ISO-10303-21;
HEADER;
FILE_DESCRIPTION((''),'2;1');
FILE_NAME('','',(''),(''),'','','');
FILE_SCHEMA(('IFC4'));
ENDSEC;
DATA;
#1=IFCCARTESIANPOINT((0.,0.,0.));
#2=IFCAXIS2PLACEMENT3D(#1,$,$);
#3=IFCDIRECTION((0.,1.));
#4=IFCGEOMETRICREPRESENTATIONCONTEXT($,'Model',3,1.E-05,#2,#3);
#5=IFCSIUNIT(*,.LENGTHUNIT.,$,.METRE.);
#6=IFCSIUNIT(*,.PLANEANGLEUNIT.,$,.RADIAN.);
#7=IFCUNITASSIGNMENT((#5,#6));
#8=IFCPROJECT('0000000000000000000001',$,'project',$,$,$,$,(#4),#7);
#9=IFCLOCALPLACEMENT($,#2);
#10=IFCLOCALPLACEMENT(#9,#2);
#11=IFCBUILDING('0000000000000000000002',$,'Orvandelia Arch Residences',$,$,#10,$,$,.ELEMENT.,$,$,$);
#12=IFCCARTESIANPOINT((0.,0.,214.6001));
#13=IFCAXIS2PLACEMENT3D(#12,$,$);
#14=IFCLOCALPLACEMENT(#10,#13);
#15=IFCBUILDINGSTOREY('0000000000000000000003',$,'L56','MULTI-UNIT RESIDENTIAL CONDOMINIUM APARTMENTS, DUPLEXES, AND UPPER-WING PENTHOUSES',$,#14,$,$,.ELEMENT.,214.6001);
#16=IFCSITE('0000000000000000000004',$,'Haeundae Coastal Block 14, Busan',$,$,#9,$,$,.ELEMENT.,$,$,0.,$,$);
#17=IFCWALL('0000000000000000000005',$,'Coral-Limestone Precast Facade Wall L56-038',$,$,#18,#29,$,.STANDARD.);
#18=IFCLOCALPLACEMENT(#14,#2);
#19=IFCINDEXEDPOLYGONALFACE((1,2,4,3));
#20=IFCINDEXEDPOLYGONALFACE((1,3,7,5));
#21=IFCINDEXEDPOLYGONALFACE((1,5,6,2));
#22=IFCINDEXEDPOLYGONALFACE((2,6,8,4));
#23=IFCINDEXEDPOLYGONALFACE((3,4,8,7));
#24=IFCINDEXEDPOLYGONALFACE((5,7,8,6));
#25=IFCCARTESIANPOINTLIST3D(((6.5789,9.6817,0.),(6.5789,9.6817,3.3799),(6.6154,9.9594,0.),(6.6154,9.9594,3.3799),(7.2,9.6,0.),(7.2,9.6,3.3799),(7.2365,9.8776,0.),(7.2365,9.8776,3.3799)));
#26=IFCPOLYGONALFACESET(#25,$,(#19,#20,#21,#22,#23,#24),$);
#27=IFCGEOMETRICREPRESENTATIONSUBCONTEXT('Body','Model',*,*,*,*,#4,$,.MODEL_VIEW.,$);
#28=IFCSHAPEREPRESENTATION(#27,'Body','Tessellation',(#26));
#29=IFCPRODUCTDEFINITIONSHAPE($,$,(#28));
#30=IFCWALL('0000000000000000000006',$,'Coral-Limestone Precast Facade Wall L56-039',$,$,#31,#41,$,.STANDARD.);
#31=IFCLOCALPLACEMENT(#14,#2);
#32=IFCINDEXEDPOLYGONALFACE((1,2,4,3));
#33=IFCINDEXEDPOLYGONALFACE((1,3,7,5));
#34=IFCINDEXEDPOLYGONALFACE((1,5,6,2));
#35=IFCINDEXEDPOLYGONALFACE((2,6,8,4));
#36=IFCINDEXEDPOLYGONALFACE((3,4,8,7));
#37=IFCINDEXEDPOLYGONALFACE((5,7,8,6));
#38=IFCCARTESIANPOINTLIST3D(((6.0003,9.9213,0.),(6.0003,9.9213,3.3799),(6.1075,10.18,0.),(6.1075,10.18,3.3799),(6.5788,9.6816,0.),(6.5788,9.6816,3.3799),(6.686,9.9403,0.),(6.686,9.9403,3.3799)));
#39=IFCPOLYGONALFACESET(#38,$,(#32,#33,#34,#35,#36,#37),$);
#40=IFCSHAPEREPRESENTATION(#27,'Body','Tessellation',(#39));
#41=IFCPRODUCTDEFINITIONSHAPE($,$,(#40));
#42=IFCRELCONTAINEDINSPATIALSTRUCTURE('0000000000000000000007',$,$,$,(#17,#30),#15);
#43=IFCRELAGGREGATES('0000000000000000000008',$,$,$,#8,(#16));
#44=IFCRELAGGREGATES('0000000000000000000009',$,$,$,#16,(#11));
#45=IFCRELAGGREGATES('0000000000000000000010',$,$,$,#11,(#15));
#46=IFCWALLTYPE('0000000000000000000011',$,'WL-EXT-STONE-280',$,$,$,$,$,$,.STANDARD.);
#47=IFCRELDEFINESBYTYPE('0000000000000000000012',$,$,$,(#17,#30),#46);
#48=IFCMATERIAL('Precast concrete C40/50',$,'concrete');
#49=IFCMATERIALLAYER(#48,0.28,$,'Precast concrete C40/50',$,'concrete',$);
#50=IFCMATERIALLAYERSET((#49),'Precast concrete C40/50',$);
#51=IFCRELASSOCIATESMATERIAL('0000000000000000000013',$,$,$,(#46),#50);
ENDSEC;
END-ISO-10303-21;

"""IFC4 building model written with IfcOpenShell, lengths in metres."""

from ifc_helpers import new_model, si_unit, direction, frame, frame_2d, origin, place, context, subcontext, project, spatial, rectangle, extrude, material, layer, layer_set, type_object, element, save


model = new_model("IFC4")

# Units and contexts
model_context = context("Model", 3, precision=1e-05, world=origin(), true_north=direction((0.0, 1.0)))
body_context = subcontext(model_context, "Body", "Model", "MODEL_VIEW")
ifc_project = project(units=[si_unit("LENGTHUNIT", "METRE"), si_unit("PLANEANGLEUNIT", "RADIAN")], contexts=[model_context])

# Site, building, storey
site_placement = place(None, origin())
site = spatial("IfcSite", under=ifc_project, at=site_placement, Name="Haeundae Coastal Block 14, Busan", CompositionType="ELEMENT", RefElevation=0.0)
building_placement = place(site_placement, origin())
building = spatial("IfcBuilding", under=site, at=building_placement, Name="Orvandelia Arch Residences", CompositionType="ELEMENT")
storey_placement = place(building_placement, frame((0.0, 0.0, 214.6001)))
storey = spatial("IfcBuildingStorey", under=building, at=storey_placement, Name="L56", Description="MULTI-UNIT RESIDENTIAL CONDOMINIUM APARTMENTS, DUPLEXES, AND UPPER-WING PENTHOUSES", CompositionType="ELEMENT", Elevation=214.6001)

# Shared definitions
ifc_material_1 = material(Name="Precast concrete C40/50", Category="concrete")

# Shared definitions
ifc_layer_1 = layer(ifc_material_1, 0.28, Name="Precast concrete C40/50", Category="concrete")
ifc_layer_set_1 = layer_set([ifc_layer_1], Name="Precast concrete C40/50")
wall_type = type_object("IfcWallType", Name="WL-EXT-STONE-280", PredefinedType="STANDARD", material=ifc_layer_set_1)

# Walls
wall_1_placement = place(storey_placement, frame((7.2183, 9.7388, 0.0), z_axis=(0.0, 0.0, 1.0), x_axis=(-0.991441, 0.130555, 0.0)))
element("IfcWall", 1, at=wall_1_placement, inside=storey, type_object=wall_type, Name="Coral-Limestone Precast Facade Wall L56-038", PredefinedType="STANDARD", context=body_context, shape_type="SweptSolid", body=[
    extrude(rectangle(XDim=0.6265, YDim=0.28, at=frame_2d((0.3132, 0.0))), origin(), (0.0, 0.0, 1.0), 3.3799),
])
wall_2_placement = place(storey_placement, frame((6.6323, 9.811, 0.0), z_axis=(0.0, 0.0, 1.0), x_axis=(-0.923836, 0.382788, 0.0)))
element("IfcWall", 2, at=wall_2_placement, inside=storey, type_object=wall_type, Name="Coral-Limestone Precast Facade Wall L56-039", PredefinedType="STANDARD", context=body_context, shape_type="SweptSolid", body=[
    extrude(rectangle(XDim=0.6262, YDim=0.28, at=frame_2d((0.313, 0.0))), origin(), (0.0, 0.0, 1.0), 3.3799),
])

save(model, "model.ifc")
